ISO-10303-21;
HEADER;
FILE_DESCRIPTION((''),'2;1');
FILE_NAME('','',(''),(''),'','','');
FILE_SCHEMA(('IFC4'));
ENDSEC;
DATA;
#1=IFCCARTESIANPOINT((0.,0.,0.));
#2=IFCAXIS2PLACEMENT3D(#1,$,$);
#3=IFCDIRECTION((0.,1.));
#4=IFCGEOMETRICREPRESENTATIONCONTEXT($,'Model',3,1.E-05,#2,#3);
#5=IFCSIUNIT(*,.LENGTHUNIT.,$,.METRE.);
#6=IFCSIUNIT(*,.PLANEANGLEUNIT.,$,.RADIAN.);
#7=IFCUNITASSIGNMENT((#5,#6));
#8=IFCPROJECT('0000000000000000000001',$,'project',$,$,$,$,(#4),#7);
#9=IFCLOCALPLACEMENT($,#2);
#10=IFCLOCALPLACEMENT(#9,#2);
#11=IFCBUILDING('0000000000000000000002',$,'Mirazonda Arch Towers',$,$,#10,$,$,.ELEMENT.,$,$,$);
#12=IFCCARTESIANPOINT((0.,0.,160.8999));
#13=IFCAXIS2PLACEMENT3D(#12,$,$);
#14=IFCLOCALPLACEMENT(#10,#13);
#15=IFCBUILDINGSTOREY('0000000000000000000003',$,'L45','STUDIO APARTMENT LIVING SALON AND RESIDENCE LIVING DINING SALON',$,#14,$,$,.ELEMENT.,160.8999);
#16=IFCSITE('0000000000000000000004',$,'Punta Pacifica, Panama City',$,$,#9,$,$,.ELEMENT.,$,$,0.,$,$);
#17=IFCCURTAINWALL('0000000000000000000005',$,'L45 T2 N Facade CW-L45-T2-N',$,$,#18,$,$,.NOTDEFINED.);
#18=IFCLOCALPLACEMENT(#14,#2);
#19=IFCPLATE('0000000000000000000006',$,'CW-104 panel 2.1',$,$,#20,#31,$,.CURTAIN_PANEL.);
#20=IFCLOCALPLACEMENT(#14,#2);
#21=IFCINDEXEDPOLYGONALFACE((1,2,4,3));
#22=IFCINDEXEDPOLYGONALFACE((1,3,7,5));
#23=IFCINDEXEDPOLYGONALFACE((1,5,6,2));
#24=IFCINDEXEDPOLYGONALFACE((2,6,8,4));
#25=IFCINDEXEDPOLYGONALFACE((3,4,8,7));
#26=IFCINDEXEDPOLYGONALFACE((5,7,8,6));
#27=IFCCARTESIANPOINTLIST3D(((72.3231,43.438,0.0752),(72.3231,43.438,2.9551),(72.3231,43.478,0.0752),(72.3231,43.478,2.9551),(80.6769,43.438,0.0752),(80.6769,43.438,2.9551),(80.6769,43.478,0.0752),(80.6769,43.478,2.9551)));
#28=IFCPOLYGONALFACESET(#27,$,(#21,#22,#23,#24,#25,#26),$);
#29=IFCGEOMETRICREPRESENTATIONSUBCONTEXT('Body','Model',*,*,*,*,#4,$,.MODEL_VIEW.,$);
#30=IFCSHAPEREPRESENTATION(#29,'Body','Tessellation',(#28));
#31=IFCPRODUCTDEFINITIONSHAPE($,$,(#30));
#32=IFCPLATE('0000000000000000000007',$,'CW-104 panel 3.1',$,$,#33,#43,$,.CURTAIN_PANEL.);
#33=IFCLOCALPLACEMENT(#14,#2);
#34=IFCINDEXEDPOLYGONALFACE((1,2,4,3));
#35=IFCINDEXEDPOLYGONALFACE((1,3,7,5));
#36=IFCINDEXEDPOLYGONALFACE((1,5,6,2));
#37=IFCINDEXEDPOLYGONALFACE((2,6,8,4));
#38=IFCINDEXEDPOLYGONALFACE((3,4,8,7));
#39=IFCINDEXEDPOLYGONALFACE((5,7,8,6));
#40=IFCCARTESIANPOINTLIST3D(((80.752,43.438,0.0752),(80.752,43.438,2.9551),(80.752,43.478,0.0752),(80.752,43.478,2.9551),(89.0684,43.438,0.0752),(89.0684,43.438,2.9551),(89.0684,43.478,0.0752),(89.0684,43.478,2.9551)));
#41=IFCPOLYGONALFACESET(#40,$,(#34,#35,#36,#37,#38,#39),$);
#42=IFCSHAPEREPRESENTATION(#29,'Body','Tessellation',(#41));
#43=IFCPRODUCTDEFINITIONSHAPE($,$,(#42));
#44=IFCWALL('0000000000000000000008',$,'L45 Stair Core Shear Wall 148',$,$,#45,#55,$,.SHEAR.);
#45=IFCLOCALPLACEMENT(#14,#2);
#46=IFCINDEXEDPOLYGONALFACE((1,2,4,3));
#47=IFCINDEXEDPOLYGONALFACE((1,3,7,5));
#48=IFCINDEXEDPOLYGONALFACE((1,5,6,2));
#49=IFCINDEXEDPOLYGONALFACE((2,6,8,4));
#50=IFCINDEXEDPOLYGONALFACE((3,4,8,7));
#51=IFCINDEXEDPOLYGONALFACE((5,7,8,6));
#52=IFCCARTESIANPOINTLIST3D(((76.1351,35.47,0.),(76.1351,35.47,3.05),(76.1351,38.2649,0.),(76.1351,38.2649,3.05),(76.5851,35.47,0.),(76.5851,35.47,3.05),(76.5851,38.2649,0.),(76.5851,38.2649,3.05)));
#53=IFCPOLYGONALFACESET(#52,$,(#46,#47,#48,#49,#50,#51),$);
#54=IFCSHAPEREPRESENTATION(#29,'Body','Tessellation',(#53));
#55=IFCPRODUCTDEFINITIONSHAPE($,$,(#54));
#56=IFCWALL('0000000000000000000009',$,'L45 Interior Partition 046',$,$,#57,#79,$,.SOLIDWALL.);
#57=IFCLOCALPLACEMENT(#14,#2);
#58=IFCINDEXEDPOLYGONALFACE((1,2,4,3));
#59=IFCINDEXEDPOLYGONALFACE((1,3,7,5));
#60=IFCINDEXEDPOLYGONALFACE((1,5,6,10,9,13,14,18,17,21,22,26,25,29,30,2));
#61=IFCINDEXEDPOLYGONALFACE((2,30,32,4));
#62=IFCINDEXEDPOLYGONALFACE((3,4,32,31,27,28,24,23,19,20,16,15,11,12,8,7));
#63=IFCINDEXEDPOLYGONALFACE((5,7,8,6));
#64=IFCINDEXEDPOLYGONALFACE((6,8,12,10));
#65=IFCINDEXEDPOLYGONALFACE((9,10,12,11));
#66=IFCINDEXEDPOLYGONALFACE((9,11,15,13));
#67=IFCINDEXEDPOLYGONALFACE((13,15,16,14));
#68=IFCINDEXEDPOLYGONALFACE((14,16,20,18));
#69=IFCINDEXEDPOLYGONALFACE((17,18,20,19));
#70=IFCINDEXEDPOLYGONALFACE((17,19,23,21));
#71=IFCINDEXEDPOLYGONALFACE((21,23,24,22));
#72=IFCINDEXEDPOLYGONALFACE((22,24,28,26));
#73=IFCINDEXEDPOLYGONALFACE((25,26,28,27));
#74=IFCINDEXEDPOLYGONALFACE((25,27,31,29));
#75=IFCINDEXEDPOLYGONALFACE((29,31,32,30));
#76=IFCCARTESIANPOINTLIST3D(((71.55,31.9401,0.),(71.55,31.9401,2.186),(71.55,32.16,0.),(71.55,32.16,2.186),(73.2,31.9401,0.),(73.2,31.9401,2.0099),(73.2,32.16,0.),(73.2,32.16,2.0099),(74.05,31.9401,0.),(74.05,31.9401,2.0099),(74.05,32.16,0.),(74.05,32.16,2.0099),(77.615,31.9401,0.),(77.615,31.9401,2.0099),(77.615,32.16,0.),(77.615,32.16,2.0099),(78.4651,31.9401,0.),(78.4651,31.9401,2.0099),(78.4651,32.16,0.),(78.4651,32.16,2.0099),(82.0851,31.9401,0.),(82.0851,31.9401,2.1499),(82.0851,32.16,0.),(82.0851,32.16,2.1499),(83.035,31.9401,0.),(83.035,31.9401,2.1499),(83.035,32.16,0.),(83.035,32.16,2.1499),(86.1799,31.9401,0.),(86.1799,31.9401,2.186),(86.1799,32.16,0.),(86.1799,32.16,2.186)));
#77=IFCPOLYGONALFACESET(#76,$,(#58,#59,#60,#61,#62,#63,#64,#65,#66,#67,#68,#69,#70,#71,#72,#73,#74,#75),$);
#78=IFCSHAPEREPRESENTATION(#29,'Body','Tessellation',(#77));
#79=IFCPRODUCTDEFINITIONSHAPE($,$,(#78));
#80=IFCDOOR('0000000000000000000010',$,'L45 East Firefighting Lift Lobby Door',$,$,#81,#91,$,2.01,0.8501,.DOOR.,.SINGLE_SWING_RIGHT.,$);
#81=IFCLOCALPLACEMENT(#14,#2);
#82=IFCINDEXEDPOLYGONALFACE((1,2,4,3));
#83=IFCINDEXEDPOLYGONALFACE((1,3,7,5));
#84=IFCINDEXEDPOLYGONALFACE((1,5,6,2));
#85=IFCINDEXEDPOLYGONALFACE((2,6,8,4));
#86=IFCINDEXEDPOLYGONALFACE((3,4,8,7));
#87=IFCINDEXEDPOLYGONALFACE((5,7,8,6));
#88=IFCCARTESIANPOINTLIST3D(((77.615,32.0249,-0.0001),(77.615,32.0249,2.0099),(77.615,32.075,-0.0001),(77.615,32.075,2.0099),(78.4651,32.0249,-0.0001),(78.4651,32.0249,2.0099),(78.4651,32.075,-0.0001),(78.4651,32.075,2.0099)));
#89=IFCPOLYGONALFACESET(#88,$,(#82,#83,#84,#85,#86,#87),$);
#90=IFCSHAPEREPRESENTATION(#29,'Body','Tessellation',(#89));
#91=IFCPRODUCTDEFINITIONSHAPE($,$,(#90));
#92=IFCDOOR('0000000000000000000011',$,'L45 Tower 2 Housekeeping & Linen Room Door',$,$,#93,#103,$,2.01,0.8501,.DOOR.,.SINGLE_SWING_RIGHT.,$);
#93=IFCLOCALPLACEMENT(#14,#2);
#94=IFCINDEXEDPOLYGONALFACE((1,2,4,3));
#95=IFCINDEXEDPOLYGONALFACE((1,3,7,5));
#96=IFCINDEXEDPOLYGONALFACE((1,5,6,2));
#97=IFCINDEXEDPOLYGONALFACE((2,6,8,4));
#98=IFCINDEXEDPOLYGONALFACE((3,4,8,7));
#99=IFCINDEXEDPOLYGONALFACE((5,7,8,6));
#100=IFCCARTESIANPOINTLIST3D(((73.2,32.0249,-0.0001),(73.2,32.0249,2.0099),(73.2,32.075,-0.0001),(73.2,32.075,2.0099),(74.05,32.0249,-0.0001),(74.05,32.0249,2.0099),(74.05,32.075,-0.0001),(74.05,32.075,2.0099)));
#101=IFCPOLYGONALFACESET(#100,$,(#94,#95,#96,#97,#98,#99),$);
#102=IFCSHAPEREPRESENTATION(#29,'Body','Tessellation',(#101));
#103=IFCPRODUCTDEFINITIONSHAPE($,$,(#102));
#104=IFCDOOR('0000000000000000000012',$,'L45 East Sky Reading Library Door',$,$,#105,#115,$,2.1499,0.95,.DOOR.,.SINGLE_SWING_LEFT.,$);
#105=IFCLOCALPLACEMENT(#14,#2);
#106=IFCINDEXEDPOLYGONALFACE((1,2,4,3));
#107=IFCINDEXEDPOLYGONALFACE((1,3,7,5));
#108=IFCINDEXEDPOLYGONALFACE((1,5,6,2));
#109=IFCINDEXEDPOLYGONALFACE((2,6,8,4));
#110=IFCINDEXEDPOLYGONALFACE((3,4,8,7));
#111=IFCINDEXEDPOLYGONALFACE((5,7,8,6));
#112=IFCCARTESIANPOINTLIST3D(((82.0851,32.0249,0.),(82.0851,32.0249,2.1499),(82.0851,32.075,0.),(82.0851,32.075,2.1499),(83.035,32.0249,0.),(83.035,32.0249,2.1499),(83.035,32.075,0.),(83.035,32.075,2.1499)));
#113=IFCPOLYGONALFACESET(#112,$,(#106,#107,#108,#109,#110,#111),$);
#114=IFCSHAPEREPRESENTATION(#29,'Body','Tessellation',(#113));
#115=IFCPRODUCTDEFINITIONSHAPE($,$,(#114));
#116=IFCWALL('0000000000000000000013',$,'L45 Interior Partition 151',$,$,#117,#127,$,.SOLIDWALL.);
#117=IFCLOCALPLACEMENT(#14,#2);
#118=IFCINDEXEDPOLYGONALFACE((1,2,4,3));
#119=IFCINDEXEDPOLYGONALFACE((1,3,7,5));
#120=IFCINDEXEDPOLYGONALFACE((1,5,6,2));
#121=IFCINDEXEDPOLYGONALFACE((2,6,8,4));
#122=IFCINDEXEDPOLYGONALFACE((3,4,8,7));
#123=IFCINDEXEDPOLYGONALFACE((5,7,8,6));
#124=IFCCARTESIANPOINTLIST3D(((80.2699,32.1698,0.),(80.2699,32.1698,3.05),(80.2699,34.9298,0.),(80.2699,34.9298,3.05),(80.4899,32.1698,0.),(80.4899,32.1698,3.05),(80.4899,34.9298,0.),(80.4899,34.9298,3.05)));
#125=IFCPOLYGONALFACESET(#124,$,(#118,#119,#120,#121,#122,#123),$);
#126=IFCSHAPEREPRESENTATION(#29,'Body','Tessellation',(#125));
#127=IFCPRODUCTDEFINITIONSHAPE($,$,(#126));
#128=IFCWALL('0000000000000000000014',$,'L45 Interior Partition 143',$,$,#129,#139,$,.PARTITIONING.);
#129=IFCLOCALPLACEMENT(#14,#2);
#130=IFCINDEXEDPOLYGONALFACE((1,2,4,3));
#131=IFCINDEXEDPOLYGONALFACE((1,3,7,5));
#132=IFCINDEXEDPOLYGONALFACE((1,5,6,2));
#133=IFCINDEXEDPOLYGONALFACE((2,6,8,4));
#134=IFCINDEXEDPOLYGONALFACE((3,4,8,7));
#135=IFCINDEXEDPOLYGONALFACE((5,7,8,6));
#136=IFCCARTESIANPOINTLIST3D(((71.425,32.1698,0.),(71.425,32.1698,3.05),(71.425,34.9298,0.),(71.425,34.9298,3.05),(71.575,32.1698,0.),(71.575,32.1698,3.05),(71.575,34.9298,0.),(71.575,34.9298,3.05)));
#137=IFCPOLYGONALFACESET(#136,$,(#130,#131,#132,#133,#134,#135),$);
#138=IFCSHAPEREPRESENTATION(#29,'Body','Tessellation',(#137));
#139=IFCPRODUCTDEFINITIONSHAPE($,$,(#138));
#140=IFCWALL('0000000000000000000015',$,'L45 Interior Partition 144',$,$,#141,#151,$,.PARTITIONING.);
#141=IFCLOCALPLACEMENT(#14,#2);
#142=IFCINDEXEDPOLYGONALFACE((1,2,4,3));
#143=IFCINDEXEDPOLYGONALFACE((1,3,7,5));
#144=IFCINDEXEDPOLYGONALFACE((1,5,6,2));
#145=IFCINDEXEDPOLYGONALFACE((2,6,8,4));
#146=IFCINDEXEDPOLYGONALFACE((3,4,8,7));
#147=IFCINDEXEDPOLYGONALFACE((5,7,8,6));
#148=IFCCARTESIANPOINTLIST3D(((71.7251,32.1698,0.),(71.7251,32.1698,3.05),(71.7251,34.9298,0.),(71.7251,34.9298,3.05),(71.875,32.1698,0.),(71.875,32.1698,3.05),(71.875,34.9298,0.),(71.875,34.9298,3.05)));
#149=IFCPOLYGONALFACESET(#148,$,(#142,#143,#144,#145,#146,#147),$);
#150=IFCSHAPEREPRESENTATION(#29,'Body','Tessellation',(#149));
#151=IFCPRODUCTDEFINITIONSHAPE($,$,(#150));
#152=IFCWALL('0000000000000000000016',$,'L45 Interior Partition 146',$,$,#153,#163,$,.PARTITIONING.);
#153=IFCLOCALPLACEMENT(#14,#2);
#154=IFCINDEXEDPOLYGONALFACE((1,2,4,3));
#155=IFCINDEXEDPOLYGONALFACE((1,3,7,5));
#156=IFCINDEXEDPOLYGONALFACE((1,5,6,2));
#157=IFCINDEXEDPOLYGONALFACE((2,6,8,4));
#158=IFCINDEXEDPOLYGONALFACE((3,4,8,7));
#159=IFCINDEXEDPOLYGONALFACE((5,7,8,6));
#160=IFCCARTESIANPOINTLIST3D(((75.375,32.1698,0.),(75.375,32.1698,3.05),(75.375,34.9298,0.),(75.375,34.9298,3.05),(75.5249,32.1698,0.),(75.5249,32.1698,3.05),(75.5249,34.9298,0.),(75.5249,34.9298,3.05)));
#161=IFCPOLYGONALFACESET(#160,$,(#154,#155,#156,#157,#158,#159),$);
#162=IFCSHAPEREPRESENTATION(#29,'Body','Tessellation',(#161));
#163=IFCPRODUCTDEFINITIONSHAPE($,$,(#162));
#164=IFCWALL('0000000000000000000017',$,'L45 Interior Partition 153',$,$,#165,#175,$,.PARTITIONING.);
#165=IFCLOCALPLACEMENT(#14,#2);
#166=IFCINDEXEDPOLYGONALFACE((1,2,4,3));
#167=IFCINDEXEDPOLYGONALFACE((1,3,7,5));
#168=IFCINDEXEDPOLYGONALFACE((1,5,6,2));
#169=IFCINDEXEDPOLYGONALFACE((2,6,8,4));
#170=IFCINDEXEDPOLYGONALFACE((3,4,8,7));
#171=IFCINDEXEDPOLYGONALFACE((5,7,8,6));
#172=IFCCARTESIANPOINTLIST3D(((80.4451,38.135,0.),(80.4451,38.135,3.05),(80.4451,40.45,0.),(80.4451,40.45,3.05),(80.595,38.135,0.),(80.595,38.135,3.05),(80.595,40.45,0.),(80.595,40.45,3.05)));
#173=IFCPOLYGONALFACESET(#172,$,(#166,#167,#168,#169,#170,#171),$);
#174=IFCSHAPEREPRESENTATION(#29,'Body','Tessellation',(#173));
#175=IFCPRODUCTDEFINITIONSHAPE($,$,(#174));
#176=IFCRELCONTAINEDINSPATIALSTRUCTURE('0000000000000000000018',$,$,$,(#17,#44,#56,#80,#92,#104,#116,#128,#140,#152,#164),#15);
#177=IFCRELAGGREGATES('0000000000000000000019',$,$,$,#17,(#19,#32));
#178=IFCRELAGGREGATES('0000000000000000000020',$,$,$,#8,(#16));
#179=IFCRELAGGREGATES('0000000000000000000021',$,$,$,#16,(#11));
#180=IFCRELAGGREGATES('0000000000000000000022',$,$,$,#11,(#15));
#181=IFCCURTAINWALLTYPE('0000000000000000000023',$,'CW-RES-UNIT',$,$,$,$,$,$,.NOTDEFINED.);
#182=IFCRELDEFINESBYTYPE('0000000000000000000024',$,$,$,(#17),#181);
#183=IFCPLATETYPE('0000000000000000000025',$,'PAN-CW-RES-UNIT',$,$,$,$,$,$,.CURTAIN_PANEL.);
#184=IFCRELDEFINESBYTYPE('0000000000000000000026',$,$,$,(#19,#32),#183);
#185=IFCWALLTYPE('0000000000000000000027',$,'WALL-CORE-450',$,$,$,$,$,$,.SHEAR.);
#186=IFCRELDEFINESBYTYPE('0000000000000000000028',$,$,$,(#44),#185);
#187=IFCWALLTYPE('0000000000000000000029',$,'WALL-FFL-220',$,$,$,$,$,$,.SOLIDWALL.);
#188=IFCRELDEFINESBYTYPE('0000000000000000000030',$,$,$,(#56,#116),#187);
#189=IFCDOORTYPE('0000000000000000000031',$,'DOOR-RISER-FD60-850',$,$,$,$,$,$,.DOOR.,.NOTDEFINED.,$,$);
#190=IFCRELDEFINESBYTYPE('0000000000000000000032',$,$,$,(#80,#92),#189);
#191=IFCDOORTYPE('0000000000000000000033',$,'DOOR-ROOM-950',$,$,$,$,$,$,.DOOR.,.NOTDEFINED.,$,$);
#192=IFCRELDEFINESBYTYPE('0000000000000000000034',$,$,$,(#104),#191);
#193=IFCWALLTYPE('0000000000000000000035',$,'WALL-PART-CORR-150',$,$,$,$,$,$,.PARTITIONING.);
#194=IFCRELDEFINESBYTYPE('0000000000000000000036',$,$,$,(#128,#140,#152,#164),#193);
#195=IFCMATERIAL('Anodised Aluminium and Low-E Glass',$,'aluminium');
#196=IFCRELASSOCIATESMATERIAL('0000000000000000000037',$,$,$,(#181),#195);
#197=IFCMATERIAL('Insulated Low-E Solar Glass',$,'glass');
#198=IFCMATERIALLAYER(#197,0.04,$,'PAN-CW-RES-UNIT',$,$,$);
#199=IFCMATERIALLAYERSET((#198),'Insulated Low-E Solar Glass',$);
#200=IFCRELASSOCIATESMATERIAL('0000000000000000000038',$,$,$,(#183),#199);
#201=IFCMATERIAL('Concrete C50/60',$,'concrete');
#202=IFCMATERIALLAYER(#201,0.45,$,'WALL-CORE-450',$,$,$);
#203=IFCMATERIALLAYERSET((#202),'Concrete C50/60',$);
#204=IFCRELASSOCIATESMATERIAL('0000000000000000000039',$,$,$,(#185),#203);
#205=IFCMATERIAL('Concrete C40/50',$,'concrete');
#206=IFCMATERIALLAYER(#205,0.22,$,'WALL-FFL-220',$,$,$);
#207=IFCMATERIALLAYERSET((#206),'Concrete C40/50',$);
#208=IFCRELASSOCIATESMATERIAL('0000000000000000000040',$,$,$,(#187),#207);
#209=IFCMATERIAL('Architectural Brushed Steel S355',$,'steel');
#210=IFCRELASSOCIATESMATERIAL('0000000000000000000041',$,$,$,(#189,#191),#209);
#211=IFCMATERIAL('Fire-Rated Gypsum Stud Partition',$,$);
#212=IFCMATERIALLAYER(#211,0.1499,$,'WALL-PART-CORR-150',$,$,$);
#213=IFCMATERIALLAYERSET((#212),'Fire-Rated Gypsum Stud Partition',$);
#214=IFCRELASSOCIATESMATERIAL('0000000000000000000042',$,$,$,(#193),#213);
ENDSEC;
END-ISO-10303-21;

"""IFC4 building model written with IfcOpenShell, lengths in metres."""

from ifc_helpers import new_model, si_unit, direction, frame, frame_2d, origin, origin_2d, place, context, subcontext, project, spatial, rectangle, extrude, material, layer, layer_set, type_object, element, fill, aggregate, save


model = new_model("IFC4")

# Units and contexts
model_context = context("Model", 3, precision=1e-05, world=origin(), true_north=direction((0.0, 1.0)))
body_context = subcontext(model_context, "Body", "Model", "MODEL_VIEW")
ifc_project = project(units=[si_unit("LENGTHUNIT", "METRE"), si_unit("PLANEANGLEUNIT", "RADIAN")], contexts=[model_context])

# Site, building, storey
site_placement = place(None, origin())
site = spatial("IfcSite", under=ifc_project, at=site_placement, Name="Punta Pacifica, Panama City", CompositionType="ELEMENT", RefElevation=0.0)
building_placement = place(site_placement, origin())
building = spatial("IfcBuilding", under=site, at=building_placement, Name="Mirazonda Arch Towers", CompositionType="ELEMENT")
storey_placement = place(building_placement, frame((0.0, 0.0, 160.8999)))
storey = spatial("IfcBuildingStorey", under=building, at=storey_placement, Name="L45", Description="STUDIO APARTMENT LIVING SALON AND RESIDENCE LIVING DINING SALON", CompositionType="ELEMENT", Elevation=160.8999)

# Shared definitions
ifc_material_1 = material(Name="Concrete C50/60", Category="concrete")

# Curtain wall, plates
ifc_material_2 = material(Name="Anodised Aluminium and Low-E Glass", Category="aluminium")
curtain_wall_type = type_object("IfcCurtainWallType", Name="CW-RES-UNIT", PredefinedType="NOTDEFINED", material=ifc_material_2)
curtain_wall_placement = place(storey_placement, origin())
curtain_wall = element("IfcCurtainWall", 1, at=curtain_wall_placement, inside=storey, type_object=curtain_wall_type, Name="L45 T2 N Facade CW-L45-T2-N", PredefinedType="NOTDEFINED")
ifc_material_3 = material(Name="Insulated Low-E Solar Glass", Category="glass")
ifc_layer_1 = layer(ifc_material_3, 0.04, Name="PAN-CW-RES-UNIT")
ifc_layer_set_1 = layer_set([ifc_layer_1], Name="Insulated Low-E Solar Glass")
plate_type = type_object("IfcPlateType", Name="PAN-CW-RES-UNIT", PredefinedType="CURTAIN_PANEL", material=ifc_layer_set_1)
plate_1_placement = place(storey_placement, frame((76.5, 43.458, 0.0752), z_axis=(0.0, 0.0, 1.0), x_axis=(1.0, 0.0, 0.0)))
plate_1 = element("IfcPlate", 2, at=plate_1_placement, type_object=plate_type, Name="CW-104 panel 2.1", PredefinedType="CURTAIN_PANEL", context=body_context, shape_type="SweptSolid", body=[
    extrude(rectangle(XDim=8.3538, YDim=0.04, at=origin_2d()), origin(), (0.0, 0.0, 1.0), 2.8799),
])
plate_2_placement = place(storey_placement, frame((84.9102, 43.458, 0.0752), z_axis=(0.0, 0.0, 1.0), x_axis=(1.0, 0.0, 0.0)))
plate_2 = element("IfcPlate", 3, at=plate_2_placement, type_object=plate_type, Name="CW-104 panel 3.1", PredefinedType="CURTAIN_PANEL", context=body_context, shape_type="SweptSolid", body=[
    extrude(rectangle(XDim=8.3164, YDim=0.04, at=origin_2d()), origin(), (0.0, 0.0, 1.0), 2.8799),
])
aggregate(curtain_wall, [plate_1, plate_2])

# Wall
ifc_layer_2 = layer(ifc_material_1, 0.45, Name="WALL-CORE-450")
ifc_layer_set_2 = layer_set([ifc_layer_2], Name="Concrete C50/60")
wall_type_1 = type_object("IfcWallType", Name="WALL-CORE-450", PredefinedType="SHEAR", material=ifc_layer_set_2)
wall_1_placement = place(storey_placement, frame((76.3601, 35.47, 0.0), z_axis=(0.0, 0.0, 1.0), x_axis=(0.0, 1.0, 0.0)))
element("IfcWall", 4, at=wall_1_placement, inside=storey, type_object=wall_type_1, Name="L45 Stair Core Shear Wall 148", PredefinedType="SHEAR", context=body_context, shape_type="SweptSolid", body=[
    extrude(rectangle(XDim=2.7949, YDim=0.45, at=frame_2d((1.3975, 0.0))), origin(), (0.0, 0.0, 1.0), 3.05),
])

# Wall, openings, doors
ifc_material_4 = material(Name="Concrete C40/50", Category="concrete")
ifc_layer_3 = layer(ifc_material_4, 0.22, Name="WALL-FFL-220")
ifc_layer_set_3 = layer_set([ifc_layer_3], Name="Concrete C40/50")
wall_type_2 = type_object("IfcWallType", Name="WALL-FFL-220", PredefinedType="SOLIDWALL", material=ifc_layer_set_3)
wall_2_placement = place(storey_placement, frame((71.55, 32.05, 0.0), z_axis=(0.0, 0.0, 1.0), x_axis=(1.0, 0.0, 0.0)))
wall_2 = element("IfcWall", 5, at=wall_2_placement, inside=storey, type_object=wall_type_2, Name="L45 Interior Partition 046", PredefinedType="SOLIDWALL", context=body_context, shape_type="SweptSolid", body=[
    extrude(rectangle(XDim=14.6299, YDim=0.22, at=frame_2d((7.3149, 0.0))), origin(), (0.0, 0.0, 1.0), 2.186),
])
opening_1_placement = place(wall_2_placement, frame((6.0649, 0.0, 0.0)))
opening_1 = element("IfcOpeningElement", 6, at=opening_1_placement, cuts=wall_2, PredefinedType="OPENING", context=body_context, shape_type="SweptSolid", body=[
    extrude(rectangle(XDim=0.8501, YDim=2.01, at=frame_2d((0.425, 1.0049))), frame((0.0, 0.1199, 0.0), z_axis=(0.0, -1.0, 0.0), x_axis=(1.0, 0.0, 0.0)), (0.0, 0.0, 1.0), 0.24),
])
opening_2_placement = place(wall_2_placement, frame((10.5349, 0.0, 0.0)))
opening_2 = element("IfcOpeningElement", 7, at=opening_2_placement, cuts=wall_2, PredefinedType="OPENING", context=body_context, shape_type="SweptSolid", body=[
    extrude(rectangle(XDim=0.95, YDim=2.1499, at=frame_2d((0.4751, 1.075))), frame((0.0, 0.1199, 0.0), z_axis=(0.0, -1.0, 0.0), x_axis=(1.0, 0.0, 0.0)), (0.0, 0.0, 1.0), 0.24),
])
opening_3_placement = place(wall_2_placement, frame((1.6499, 0.0, 0.0)))
opening_3 = element("IfcOpeningElement", 8, at=opening_3_placement, cuts=wall_2, PredefinedType="OPENING", context=body_context, shape_type="SweptSolid", body=[
    extrude(rectangle(XDim=0.8501, YDim=2.01, at=frame_2d((0.425, 1.0049))), frame((0.0, 0.1199, 0.0), z_axis=(0.0, -1.0, 0.0), x_axis=(1.0, 0.0, 0.0)), (0.0, 0.0, 1.0), 0.24),
])
ifc_material_5 = material(Name="Architectural Brushed Steel S355", Category="steel")
door_type_1 = type_object("IfcDoorType", Name="DOOR-RISER-FD60-850", OperationType="NOTDEFINED", PredefinedType="DOOR", material=ifc_material_5)
door_1_placement = place(opening_1_placement, origin())
door_1 = element("IfcDoor", 9, at=door_1_placement, inside=storey, type_object=door_type_1, Name="L45 East Firefighting Lift Lobby Door", OperationType="SINGLE_SWING_RIGHT", OverallHeight=2.01, OverallWidth=0.8501, PredefinedType="DOOR", context=body_context, shape_type="SweptSolid", body=[
    extrude(rectangle(XDim=0.8501, YDim=2.01, at=frame_2d((0.425, 1.0049))), frame((0.0, 0.0249, 0.0), z_axis=(0.0, -1.0, 0.0), x_axis=(1.0, 0.0, 0.0)), (0.0, 0.0, 1.0), 0.05),
])
fill(opening_1, door_1)
door_2_placement = place(opening_3_placement, origin())
door_2 = element("IfcDoor", 10, at=door_2_placement, inside=storey, type_object=door_type_1, Name="L45 Tower 2 Housekeeping & Linen Room Door", OperationType="SINGLE_SWING_RIGHT", OverallHeight=2.01, OverallWidth=0.8501, PredefinedType="DOOR", context=body_context, shape_type="SweptSolid", body=[
    extrude(rectangle(XDim=0.8501, YDim=2.01, at=frame_2d((0.425, 1.0049))), frame((0.0, 0.0249, 0.0), z_axis=(0.0, -1.0, 0.0), x_axis=(1.0, 0.0, 0.0)), (0.0, 0.0, 1.0), 0.05),
])
fill(opening_3, door_2)
door_type_2 = type_object("IfcDoorType", Name="DOOR-ROOM-950", OperationType="NOTDEFINED", PredefinedType="DOOR", material=ifc_material_5)
door_3_placement = place(opening_2_placement, origin())
door_3 = element("IfcDoor", 11, at=door_3_placement, inside=storey, type_object=door_type_2, Name="L45 East Sky Reading Library Door", OperationType="SINGLE_SWING_LEFT", OverallHeight=2.1499, OverallWidth=0.95, PredefinedType="DOOR", context=body_context, shape_type="SweptSolid", body=[
    extrude(rectangle(XDim=0.95, YDim=2.1499, at=frame_2d((0.4751, 1.075))), frame((0.0, 0.0249, 0.0), z_axis=(0.0, -1.0, 0.0), x_axis=(1.0, 0.0, 0.0)), (0.0, 0.0, 1.0), 0.05),
])
fill(opening_2, door_3)

# Walls
wall_3_placement = place(storey_placement, frame((80.3799, 32.1699, 0.0), z_axis=(0.0, 0.0, 1.0), x_axis=(0.0, 1.0, 0.0)))
element("IfcWall", 12, at=wall_3_placement, inside=storey, type_object=wall_type_2, Name="L45 Interior Partition 151", PredefinedType="SOLIDWALL", context=body_context, shape_type="SweptSolid", body=[
    extrude(rectangle(XDim=2.76, YDim=0.22, at=frame_2d((1.3799, 0.0))), origin(), (0.0, 0.0, 1.0), 3.05),
])
ifc_material_6 = material(Name="Fire-Rated Gypsum Stud Partition")
ifc_layer_4 = layer(ifc_material_6, 0.1499, Name="WALL-PART-CORR-150")
ifc_layer_set_4 = layer_set([ifc_layer_4], Name="Fire-Rated Gypsum Stud Partition")
wall_type_3 = type_object("IfcWallType", Name="WALL-PART-CORR-150", PredefinedType="PARTITIONING", material=ifc_layer_set_4)
for number, where, z_axis, x_axis, name in (
    (13, (71.5, 32.1699, 0.0), (0.0, 0.0, 1.0), (0.0, 1.0, 0.0), "L45 Interior Partition 143"),
    (14, (71.8, 32.1699, 0.0), (0.0, 0.0, 1.0), (0.0, 1.0, 0.0), "L45 Interior Partition 144"),
    (15, (75.45, 32.1699, 0.0), (0.0, 0.0, 1.0), (0.0, 1.0, 0.0), "L45 Interior Partition 146"),
):
    element("IfcWall", number, at=place(storey_placement, frame(where, z_axis=z_axis, x_axis=x_axis)), inside=storey, type_object=wall_type_3, Name=name, PredefinedType="PARTITIONING", context=body_context, shape_type="SweptSolid", body=[
        extrude(rectangle(XDim=2.76, YDim=0.1499, at=frame_2d((1.3799, 0.0))), origin(), (0.0, 0.0, 1.0), 3.05),
    ])
wall_4_placement = place(storey_placement, frame((80.52, 38.135, 0.0), z_axis=(0.0, 0.0, 1.0), x_axis=(0.0, 1.0, 0.0)))
element("IfcWall", 16, at=wall_4_placement, inside=storey, type_object=wall_type_3, Name="L45 Interior Partition 153", PredefinedType="PARTITIONING", context=body_context, shape_type="SweptSolid", body=[
    extrude(rectangle(XDim=2.3149, YDim=0.1499, at=frame_2d((1.1575, 0.0))), origin(), (0.0, 0.0, 1.0), 3.05),
])

save(model, "model.ifc")
